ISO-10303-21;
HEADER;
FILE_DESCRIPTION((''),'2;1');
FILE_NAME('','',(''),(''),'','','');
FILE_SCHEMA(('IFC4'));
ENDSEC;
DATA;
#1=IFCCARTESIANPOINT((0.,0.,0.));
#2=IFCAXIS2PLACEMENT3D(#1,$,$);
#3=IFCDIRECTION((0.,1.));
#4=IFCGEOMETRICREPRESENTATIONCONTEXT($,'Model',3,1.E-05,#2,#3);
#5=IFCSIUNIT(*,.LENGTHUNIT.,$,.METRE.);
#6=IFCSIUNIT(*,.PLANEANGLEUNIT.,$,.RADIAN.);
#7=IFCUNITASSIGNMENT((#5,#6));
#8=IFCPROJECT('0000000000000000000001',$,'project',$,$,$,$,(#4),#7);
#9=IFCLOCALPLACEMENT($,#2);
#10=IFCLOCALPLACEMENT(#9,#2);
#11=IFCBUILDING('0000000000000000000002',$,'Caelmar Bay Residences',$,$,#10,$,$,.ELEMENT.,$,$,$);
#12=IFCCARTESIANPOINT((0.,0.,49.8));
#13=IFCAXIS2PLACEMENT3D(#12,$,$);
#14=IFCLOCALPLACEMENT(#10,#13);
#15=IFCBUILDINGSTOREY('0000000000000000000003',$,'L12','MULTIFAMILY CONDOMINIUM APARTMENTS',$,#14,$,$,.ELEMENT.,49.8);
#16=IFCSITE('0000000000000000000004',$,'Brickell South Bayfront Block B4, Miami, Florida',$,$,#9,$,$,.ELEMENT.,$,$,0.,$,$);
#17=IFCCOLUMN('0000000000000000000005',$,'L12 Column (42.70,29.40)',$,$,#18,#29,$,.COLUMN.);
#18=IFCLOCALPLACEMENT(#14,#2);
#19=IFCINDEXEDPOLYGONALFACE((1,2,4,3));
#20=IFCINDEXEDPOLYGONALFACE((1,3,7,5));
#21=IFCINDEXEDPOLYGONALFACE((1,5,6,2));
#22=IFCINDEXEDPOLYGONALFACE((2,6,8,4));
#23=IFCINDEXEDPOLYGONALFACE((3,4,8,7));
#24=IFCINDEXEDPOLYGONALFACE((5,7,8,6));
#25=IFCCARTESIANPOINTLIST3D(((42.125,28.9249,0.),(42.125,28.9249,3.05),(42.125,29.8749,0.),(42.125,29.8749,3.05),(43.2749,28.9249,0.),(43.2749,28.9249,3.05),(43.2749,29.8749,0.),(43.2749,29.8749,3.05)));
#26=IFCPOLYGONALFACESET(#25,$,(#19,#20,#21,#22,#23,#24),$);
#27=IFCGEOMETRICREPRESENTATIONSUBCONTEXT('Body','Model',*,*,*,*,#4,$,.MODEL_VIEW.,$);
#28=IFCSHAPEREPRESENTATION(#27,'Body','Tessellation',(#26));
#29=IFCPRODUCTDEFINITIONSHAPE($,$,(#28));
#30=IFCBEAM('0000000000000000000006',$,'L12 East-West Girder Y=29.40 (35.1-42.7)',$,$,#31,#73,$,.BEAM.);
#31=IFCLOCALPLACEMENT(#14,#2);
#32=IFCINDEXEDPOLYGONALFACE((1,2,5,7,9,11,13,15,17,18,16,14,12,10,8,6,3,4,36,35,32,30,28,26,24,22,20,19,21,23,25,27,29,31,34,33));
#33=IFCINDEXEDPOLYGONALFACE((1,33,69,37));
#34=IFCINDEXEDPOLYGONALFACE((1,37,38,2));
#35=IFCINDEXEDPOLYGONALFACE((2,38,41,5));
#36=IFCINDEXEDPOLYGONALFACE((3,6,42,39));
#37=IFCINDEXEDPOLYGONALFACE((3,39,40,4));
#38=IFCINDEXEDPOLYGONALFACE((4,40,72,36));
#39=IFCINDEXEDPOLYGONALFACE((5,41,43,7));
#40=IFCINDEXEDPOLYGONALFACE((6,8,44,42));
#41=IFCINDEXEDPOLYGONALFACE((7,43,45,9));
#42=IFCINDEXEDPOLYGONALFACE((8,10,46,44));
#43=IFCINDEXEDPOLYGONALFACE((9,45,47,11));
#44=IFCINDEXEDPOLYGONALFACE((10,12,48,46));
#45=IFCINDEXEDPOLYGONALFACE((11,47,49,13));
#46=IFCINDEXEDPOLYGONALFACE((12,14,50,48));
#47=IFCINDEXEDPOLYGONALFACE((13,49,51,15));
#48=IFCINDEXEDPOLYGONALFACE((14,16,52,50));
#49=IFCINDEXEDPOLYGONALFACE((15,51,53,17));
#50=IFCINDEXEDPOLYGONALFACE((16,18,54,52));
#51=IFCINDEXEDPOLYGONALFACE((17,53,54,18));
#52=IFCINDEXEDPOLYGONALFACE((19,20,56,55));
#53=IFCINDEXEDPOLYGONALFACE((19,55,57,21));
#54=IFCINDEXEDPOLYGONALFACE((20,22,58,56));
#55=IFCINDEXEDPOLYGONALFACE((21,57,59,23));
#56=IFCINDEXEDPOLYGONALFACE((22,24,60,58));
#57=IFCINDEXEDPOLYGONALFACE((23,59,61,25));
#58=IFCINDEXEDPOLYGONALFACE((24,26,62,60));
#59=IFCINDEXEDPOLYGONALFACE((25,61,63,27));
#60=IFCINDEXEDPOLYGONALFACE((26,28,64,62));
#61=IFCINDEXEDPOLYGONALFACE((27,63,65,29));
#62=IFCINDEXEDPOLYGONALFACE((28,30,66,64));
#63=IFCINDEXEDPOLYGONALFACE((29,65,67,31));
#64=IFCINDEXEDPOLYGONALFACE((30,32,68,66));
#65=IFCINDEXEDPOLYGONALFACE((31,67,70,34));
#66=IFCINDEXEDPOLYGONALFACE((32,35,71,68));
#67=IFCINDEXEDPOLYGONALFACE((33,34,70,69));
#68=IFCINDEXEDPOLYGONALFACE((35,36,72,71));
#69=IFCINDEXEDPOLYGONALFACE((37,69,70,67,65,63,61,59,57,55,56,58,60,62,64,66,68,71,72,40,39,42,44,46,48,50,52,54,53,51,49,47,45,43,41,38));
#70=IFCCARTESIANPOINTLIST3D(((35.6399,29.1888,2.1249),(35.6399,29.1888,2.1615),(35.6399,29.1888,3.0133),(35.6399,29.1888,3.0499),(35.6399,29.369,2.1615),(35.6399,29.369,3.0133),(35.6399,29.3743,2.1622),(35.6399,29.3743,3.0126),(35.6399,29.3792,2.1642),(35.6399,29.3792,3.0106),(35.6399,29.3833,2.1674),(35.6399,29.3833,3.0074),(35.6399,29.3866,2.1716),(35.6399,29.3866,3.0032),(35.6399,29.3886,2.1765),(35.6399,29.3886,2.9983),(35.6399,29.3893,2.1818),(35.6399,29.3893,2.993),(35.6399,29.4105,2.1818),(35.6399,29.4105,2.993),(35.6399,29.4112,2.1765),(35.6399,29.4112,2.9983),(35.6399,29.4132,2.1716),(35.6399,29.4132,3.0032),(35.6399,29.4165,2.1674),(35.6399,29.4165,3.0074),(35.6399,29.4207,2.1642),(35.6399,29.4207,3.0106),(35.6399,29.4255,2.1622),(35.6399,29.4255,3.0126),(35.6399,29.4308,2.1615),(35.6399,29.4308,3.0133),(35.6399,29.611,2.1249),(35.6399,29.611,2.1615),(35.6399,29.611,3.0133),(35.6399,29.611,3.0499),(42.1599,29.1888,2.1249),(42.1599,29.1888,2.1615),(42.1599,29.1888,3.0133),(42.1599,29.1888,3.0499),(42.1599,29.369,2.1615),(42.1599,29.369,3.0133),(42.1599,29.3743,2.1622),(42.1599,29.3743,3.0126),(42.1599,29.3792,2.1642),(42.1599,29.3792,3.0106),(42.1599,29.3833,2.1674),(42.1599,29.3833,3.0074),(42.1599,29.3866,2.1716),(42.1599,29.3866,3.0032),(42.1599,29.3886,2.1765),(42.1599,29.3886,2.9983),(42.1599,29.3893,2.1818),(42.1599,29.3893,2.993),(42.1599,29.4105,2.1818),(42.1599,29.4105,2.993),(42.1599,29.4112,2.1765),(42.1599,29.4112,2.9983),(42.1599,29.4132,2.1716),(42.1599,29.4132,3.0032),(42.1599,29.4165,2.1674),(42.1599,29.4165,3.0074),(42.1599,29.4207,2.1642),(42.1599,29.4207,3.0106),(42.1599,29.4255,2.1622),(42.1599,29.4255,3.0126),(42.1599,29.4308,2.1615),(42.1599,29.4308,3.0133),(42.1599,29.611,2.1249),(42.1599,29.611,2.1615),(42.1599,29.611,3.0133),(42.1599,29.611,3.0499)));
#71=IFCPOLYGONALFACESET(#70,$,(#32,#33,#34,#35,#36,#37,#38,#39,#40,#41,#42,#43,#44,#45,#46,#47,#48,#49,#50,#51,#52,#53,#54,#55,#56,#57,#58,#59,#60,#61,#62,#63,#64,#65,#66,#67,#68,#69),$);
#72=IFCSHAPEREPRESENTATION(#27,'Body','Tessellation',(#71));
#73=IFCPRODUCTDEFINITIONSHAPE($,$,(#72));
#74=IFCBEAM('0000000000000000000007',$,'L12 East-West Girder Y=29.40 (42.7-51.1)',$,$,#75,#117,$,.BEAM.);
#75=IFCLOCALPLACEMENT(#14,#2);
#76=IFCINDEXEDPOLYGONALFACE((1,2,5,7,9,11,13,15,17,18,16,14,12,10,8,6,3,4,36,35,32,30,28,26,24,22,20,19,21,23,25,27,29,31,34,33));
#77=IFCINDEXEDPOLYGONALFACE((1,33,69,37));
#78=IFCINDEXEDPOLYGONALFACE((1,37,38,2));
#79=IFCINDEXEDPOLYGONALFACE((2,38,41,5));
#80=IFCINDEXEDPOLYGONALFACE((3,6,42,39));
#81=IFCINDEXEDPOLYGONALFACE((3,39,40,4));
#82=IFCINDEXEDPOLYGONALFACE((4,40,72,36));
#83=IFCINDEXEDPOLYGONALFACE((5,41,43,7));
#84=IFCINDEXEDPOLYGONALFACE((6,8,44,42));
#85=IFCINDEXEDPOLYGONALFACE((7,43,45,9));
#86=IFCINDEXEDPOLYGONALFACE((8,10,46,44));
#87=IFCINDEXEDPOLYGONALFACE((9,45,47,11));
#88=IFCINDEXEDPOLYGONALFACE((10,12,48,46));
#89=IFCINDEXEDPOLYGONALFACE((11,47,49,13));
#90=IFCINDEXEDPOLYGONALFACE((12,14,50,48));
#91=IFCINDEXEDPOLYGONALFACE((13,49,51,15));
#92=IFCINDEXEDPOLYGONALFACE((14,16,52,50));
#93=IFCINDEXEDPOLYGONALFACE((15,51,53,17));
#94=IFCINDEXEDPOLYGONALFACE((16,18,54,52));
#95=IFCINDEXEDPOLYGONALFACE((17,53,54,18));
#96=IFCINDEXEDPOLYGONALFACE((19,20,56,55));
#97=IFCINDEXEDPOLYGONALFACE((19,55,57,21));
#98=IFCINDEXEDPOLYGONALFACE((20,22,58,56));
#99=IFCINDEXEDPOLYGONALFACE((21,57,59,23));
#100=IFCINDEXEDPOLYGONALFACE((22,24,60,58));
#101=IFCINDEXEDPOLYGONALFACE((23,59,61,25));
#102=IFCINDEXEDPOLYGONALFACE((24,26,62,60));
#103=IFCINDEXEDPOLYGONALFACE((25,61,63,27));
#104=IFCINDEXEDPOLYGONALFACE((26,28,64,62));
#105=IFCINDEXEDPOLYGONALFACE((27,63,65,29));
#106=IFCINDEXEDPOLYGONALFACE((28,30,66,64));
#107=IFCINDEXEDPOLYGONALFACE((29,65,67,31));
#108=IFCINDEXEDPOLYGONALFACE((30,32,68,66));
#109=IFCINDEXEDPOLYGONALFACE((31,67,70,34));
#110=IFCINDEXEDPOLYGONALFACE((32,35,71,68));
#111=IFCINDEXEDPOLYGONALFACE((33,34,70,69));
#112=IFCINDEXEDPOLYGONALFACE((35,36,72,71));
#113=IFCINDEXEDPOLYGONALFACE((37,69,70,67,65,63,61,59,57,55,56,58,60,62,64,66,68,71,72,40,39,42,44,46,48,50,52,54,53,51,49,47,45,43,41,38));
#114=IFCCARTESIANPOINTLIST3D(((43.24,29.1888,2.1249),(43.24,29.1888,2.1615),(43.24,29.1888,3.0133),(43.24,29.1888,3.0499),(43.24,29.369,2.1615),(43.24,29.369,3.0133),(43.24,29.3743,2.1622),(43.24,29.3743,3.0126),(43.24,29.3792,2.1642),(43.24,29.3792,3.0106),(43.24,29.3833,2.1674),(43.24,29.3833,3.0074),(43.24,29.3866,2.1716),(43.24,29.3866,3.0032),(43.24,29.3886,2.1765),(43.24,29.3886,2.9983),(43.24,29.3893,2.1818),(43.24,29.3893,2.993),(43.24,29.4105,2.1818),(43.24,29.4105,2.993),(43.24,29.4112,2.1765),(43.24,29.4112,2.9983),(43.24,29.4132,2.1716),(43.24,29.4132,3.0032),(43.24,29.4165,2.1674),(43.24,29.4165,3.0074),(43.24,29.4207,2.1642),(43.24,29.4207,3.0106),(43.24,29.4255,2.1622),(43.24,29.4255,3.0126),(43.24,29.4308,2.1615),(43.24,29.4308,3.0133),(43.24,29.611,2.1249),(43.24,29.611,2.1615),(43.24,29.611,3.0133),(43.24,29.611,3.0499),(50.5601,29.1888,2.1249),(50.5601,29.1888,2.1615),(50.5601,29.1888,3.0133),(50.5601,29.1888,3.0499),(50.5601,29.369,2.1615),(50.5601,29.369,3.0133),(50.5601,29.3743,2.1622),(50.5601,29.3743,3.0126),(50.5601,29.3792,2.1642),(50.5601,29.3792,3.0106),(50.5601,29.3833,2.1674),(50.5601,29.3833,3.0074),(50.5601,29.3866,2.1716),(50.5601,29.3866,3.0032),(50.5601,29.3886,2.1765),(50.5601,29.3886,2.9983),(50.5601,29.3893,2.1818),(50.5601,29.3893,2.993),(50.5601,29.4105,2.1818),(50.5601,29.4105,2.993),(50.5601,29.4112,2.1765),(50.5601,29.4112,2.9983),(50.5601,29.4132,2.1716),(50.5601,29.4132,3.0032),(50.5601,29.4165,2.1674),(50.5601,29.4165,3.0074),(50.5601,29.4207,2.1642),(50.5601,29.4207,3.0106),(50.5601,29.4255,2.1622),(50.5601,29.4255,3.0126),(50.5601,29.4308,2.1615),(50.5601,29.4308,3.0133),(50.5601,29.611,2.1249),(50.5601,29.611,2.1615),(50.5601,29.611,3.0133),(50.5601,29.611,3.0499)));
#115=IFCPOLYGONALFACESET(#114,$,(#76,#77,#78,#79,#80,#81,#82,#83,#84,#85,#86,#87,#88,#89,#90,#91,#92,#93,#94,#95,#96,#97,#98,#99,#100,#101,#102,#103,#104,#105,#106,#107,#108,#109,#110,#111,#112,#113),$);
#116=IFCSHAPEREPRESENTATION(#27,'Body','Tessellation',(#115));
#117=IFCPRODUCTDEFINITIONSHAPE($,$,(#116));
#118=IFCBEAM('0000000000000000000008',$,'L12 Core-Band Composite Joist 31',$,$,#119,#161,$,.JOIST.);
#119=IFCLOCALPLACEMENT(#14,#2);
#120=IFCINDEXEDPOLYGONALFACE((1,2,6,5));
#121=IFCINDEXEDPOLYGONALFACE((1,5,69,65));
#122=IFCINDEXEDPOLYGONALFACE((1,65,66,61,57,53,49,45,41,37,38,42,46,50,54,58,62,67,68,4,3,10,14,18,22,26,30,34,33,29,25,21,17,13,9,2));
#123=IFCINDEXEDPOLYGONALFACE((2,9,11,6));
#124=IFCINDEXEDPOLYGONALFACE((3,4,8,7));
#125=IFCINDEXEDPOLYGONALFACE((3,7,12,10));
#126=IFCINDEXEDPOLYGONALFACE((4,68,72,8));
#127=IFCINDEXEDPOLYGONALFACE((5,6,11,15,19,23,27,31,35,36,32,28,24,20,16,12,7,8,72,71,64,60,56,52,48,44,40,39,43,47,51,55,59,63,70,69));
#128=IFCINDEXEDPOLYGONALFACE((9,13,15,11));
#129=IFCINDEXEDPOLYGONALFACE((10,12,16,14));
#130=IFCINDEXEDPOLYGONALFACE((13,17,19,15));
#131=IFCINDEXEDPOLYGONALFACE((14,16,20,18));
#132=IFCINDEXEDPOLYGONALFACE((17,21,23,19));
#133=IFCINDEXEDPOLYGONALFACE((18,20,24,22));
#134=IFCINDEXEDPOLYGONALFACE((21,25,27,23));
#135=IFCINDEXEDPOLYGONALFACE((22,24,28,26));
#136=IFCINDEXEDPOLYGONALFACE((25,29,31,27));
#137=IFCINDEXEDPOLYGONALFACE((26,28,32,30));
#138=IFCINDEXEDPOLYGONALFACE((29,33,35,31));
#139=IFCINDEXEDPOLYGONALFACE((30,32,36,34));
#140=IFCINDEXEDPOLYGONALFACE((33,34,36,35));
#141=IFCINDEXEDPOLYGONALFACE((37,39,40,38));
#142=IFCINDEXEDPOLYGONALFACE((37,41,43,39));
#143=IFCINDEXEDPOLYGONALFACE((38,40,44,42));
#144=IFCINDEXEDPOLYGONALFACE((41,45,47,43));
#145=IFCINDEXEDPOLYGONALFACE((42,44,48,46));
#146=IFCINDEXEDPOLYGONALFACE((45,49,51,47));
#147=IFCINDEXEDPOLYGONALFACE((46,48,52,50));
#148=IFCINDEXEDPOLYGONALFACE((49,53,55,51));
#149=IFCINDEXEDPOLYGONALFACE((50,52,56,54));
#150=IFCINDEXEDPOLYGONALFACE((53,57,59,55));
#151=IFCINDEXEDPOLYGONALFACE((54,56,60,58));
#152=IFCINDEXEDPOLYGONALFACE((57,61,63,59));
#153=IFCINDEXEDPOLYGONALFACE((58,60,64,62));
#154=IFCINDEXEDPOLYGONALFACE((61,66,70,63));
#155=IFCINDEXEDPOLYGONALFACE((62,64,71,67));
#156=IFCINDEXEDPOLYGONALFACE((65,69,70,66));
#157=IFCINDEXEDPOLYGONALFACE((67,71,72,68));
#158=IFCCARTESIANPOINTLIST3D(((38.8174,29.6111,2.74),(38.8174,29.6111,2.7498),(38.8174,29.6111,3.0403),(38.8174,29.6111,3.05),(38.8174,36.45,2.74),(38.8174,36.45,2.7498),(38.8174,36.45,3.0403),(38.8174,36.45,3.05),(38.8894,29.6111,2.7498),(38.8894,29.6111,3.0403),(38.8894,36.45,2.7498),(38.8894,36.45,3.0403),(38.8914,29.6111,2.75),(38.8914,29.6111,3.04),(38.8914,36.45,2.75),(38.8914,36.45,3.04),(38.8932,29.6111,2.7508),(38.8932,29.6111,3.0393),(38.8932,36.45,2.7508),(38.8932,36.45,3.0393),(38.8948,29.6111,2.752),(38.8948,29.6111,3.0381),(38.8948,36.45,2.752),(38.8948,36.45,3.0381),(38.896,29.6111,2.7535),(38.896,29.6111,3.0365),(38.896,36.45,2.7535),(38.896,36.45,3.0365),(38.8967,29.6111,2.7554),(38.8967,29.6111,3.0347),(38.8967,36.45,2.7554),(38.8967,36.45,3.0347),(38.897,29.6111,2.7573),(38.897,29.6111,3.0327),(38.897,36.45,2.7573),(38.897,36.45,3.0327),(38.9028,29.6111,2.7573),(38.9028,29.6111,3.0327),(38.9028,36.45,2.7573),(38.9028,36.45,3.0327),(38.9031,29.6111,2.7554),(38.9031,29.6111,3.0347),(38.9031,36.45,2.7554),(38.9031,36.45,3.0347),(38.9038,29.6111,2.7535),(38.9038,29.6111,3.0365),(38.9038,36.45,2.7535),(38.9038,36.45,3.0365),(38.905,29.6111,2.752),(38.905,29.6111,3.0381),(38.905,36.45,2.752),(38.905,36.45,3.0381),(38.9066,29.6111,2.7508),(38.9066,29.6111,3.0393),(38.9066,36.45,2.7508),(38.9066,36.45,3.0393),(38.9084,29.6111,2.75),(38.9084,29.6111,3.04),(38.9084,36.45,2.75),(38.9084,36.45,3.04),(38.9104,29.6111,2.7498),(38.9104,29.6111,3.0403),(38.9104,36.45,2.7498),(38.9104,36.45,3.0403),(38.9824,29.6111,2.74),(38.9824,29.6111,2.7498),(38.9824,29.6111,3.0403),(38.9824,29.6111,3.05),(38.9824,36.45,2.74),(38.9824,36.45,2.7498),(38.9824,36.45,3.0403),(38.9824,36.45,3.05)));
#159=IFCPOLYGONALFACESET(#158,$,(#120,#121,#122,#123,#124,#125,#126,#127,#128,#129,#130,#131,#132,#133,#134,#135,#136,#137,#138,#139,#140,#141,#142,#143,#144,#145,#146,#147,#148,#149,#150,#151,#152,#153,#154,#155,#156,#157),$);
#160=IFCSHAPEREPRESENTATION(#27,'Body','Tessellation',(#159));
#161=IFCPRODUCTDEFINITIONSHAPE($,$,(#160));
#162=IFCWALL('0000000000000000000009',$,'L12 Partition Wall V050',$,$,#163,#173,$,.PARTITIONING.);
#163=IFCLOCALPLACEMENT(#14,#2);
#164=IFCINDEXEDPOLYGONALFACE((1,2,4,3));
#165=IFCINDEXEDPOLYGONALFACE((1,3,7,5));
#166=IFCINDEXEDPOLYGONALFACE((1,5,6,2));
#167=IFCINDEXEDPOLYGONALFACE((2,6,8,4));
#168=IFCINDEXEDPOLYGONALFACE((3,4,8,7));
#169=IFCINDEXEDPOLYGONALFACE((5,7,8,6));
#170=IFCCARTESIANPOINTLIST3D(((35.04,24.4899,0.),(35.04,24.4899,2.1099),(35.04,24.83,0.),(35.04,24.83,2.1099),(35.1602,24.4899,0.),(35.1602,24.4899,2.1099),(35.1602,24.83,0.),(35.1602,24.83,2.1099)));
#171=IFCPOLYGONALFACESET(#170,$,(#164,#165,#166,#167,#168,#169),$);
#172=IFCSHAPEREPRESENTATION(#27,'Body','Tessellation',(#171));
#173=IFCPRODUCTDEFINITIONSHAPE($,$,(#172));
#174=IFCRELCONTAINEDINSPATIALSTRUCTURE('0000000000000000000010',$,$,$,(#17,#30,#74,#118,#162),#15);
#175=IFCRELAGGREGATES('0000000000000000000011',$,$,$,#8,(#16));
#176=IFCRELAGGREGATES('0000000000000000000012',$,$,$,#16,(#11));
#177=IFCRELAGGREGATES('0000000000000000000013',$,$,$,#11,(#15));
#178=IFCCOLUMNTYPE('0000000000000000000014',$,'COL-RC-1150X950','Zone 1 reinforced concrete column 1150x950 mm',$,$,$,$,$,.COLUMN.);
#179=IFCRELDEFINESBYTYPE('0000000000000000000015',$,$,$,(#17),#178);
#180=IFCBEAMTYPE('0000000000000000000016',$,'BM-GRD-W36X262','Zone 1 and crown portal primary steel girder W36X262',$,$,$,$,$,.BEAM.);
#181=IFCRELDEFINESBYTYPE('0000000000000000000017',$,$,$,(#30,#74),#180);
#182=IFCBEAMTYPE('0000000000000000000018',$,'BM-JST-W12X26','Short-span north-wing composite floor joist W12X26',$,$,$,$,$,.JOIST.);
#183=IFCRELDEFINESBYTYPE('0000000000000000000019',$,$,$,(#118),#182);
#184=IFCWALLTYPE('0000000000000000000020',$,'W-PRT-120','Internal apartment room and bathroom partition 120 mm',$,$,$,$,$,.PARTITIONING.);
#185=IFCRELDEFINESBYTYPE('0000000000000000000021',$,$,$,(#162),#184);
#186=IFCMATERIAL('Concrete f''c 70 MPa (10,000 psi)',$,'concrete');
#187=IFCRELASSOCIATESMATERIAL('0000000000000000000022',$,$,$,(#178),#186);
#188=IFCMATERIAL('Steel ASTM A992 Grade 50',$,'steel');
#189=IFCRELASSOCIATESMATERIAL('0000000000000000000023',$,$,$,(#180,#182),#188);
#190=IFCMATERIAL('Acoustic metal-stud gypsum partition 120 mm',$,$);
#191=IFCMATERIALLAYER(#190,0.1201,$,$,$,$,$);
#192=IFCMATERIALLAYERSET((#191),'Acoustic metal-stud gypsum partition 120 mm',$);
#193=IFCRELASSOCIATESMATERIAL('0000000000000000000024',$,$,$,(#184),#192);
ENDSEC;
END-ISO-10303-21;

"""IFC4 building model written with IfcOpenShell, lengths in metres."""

from ifc_helpers import new_model, si_unit, direction, frame, frame_2d, origin, origin_2d, place, context, subcontext, project, spatial, rectangle, i_section, extrude, material, layer, layer_set, material_profile, profile_set, type_object, element, save


model = new_model("IFC4")

# Units and contexts
model_context = context("Model", 3, precision=1e-05, world=origin(), true_north=direction((0.0, 1.0)))
body_context = subcontext(model_context, "Body", "Model", "MODEL_VIEW")
ifc_project = project(units=[si_unit("LENGTHUNIT", "METRE"), si_unit("PLANEANGLEUNIT", "RADIAN")], contexts=[model_context])

# Site, building, storey
site_placement = place(None, origin())
site = spatial("IfcSite", under=ifc_project, at=site_placement, Name="Brickell South Bayfront Block B4, Miami, Florida", CompositionType="ELEMENT", RefElevation=0.0)
building_placement = place(site_placement, origin())
building = spatial("IfcBuilding", under=site, at=building_placement, Name="Caelmar Bay Residences", CompositionType="ELEMENT")
storey_placement = place(building_placement, frame((0.0, 0.0, 49.8)))
storey = spatial("IfcBuildingStorey", under=building, at=storey_placement, Name="L12", Description="MULTIFAMILY CONDOMINIUM APARTMENTS", CompositionType="ELEMENT", Elevation=49.8)

# Column
ifc_material_1 = material(Name="Concrete f'c 70 MPa (10,000 psi)", Category="concrete")
ifc_material_profile_1 = material_profile(ifc_material_1, rectangle(XDim=1.1499, YDim=0.95, at=origin_2d()), Name="RC-COL-1150X950")
ifc_profile_set_1 = profile_set([ifc_material_profile_1], Name="Concrete f'c 70 MPa (10,000 psi)")
column_type = type_object("IfcColumnType", Name="COL-RC-1150X950", Description="Zone 1 reinforced concrete column 1150x950 mm", PredefinedType="COLUMN", material=ifc_profile_set_1)
column_placement = place(storey_placement, frame((42.7, 29.3999, 0.0), z_axis=(0.0, 0.0, 1.0), x_axis=(1.0, 0.0, 0.0)))
element("IfcColumn", 1, at=column_placement, inside=storey, type_object=column_type, Name="L12 Column (42.70,29.40)", PredefinedType="COLUMN", context=body_context, shape_type="SweptSolid", body=[
    extrude(rectangle(XDim=1.1499, YDim=0.95, at=origin_2d()), origin(), (0.0, 0.0, 1.0), 3.05),
])

# Beams
ifc_material_2 = material(Name="Steel ASTM A992 Grade 50", Category="steel")
ifc_material_profile_2 = material_profile(ifc_material_2, i_section(OverallWidth=0.4221, OverallDepth=0.925, WebThickness=0.0212, FlangeThickness=0.0366, FilletRadius=0.0203, at=origin_2d()), Name="W36X262")
ifc_profile_set_2 = profile_set([ifc_material_profile_2], Name="Steel ASTM A992 Grade 50")
beam_type_1 = type_object("IfcBeamType", Name="BM-GRD-W36X262", Description="Zone 1 and crown portal primary steel girder W36X262", PredefinedType="BEAM", material=ifc_profile_set_2)
beam_1_placement = place(storey_placement, frame((35.6399, 29.3999, 2.5874), z_axis=(1.0, 0.0, 0.0), x_axis=(0.0, 1.0, 0.0)))
element("IfcBeam", 2, at=beam_1_placement, inside=storey, type_object=beam_type_1, Name="L12 East-West Girder Y=29.40 (35.1-42.7)", PredefinedType="BEAM", context=body_context, shape_type="SweptSolid", body=[
    extrude(i_section(OverallWidth=0.4221, OverallDepth=0.925, WebThickness=0.0212, FlangeThickness=0.0366, FilletRadius=0.0203, at=origin_2d()), origin(), (0.0, 0.0, 1.0), 6.52),
])
beam_2_placement = place(storey_placement, frame((43.24, 29.3999, 2.5874), z_axis=(1.0, 0.0, 0.0), x_axis=(0.0, 1.0, 0.0)))
element("IfcBeam", 3, at=beam_2_placement, inside=storey, type_object=beam_type_1, Name="L12 East-West Girder Y=29.40 (42.7-51.1)", PredefinedType="BEAM", context=body_context, shape_type="SweptSolid", body=[
    extrude(i_section(OverallWidth=0.4221, OverallDepth=0.925, WebThickness=0.0212, FlangeThickness=0.0366, FilletRadius=0.0203, at=origin_2d()), origin(), (0.0, 0.0, 1.0), 7.3201),
])
ifc_material_profile_3 = material_profile(ifc_material_2, i_section(OverallWidth=0.165, OverallDepth=0.3101, WebThickness=0.0059, FlangeThickness=0.0098, FilletRadius=0.0076, at=origin_2d()), Name="W12X26")
ifc_profile_set_3 = profile_set([ifc_material_profile_3], Name="Steel ASTM A992 Grade 50")
beam_type_2 = type_object("IfcBeamType", Name="BM-JST-W12X26", Description="Short-span north-wing composite floor joist W12X26", PredefinedType="JOIST", material=ifc_profile_set_3)
beam_3_placement = place(storey_placement, frame((38.8999, 29.6111, 2.895), z_axis=(0.0, 1.0, 0.0), x_axis=(-1.0, 0.0, 0.0)))
element("IfcBeam", 4, at=beam_3_placement, inside=storey, type_object=beam_type_2, Name="L12 Core-Band Composite Joist 31", PredefinedType="JOIST", context=body_context, shape_type="SweptSolid", body=[
    extrude(i_section(OverallWidth=0.165, OverallDepth=0.3101, WebThickness=0.0059, FlangeThickness=0.0098, FilletRadius=0.0076, at=origin_2d()), origin(), (0.0, 0.0, 1.0), 6.8389),
])

# Wall
ifc_material_3 = material(Name="Acoustic metal-stud gypsum partition 120 mm")
ifc_layer_1 = layer(ifc_material_3, 0.1201)
ifc_layer_set_1 = layer_set([ifc_layer_1], Name="Acoustic metal-stud gypsum partition 120 mm")
wall_type = type_object("IfcWallType", Name="W-PRT-120", Description="Internal apartment room and bathroom partition 120 mm", PredefinedType="PARTITIONING", material=ifc_layer_set_1)
wall_1_placement = place(storey_placement, frame((35.1001, 24.49, 0.0), z_axis=(0.0, 0.0, 1.0), x_axis=(0.0, 1.0, 0.0)))
element("IfcWall", 5, at=wall_1_placement, inside=storey, type_object=wall_type, Name="L12 Partition Wall V050", PredefinedType="PARTITIONING", context=body_context, shape_type="SweptSolid", body=[
    extrude(rectangle(XDim=0.3401, YDim=0.1201, at=frame_2d((0.1699, 0.0))), origin(), (0.0, 0.0, 1.0), 2.1099),
])

save(model, "model.ifc")
